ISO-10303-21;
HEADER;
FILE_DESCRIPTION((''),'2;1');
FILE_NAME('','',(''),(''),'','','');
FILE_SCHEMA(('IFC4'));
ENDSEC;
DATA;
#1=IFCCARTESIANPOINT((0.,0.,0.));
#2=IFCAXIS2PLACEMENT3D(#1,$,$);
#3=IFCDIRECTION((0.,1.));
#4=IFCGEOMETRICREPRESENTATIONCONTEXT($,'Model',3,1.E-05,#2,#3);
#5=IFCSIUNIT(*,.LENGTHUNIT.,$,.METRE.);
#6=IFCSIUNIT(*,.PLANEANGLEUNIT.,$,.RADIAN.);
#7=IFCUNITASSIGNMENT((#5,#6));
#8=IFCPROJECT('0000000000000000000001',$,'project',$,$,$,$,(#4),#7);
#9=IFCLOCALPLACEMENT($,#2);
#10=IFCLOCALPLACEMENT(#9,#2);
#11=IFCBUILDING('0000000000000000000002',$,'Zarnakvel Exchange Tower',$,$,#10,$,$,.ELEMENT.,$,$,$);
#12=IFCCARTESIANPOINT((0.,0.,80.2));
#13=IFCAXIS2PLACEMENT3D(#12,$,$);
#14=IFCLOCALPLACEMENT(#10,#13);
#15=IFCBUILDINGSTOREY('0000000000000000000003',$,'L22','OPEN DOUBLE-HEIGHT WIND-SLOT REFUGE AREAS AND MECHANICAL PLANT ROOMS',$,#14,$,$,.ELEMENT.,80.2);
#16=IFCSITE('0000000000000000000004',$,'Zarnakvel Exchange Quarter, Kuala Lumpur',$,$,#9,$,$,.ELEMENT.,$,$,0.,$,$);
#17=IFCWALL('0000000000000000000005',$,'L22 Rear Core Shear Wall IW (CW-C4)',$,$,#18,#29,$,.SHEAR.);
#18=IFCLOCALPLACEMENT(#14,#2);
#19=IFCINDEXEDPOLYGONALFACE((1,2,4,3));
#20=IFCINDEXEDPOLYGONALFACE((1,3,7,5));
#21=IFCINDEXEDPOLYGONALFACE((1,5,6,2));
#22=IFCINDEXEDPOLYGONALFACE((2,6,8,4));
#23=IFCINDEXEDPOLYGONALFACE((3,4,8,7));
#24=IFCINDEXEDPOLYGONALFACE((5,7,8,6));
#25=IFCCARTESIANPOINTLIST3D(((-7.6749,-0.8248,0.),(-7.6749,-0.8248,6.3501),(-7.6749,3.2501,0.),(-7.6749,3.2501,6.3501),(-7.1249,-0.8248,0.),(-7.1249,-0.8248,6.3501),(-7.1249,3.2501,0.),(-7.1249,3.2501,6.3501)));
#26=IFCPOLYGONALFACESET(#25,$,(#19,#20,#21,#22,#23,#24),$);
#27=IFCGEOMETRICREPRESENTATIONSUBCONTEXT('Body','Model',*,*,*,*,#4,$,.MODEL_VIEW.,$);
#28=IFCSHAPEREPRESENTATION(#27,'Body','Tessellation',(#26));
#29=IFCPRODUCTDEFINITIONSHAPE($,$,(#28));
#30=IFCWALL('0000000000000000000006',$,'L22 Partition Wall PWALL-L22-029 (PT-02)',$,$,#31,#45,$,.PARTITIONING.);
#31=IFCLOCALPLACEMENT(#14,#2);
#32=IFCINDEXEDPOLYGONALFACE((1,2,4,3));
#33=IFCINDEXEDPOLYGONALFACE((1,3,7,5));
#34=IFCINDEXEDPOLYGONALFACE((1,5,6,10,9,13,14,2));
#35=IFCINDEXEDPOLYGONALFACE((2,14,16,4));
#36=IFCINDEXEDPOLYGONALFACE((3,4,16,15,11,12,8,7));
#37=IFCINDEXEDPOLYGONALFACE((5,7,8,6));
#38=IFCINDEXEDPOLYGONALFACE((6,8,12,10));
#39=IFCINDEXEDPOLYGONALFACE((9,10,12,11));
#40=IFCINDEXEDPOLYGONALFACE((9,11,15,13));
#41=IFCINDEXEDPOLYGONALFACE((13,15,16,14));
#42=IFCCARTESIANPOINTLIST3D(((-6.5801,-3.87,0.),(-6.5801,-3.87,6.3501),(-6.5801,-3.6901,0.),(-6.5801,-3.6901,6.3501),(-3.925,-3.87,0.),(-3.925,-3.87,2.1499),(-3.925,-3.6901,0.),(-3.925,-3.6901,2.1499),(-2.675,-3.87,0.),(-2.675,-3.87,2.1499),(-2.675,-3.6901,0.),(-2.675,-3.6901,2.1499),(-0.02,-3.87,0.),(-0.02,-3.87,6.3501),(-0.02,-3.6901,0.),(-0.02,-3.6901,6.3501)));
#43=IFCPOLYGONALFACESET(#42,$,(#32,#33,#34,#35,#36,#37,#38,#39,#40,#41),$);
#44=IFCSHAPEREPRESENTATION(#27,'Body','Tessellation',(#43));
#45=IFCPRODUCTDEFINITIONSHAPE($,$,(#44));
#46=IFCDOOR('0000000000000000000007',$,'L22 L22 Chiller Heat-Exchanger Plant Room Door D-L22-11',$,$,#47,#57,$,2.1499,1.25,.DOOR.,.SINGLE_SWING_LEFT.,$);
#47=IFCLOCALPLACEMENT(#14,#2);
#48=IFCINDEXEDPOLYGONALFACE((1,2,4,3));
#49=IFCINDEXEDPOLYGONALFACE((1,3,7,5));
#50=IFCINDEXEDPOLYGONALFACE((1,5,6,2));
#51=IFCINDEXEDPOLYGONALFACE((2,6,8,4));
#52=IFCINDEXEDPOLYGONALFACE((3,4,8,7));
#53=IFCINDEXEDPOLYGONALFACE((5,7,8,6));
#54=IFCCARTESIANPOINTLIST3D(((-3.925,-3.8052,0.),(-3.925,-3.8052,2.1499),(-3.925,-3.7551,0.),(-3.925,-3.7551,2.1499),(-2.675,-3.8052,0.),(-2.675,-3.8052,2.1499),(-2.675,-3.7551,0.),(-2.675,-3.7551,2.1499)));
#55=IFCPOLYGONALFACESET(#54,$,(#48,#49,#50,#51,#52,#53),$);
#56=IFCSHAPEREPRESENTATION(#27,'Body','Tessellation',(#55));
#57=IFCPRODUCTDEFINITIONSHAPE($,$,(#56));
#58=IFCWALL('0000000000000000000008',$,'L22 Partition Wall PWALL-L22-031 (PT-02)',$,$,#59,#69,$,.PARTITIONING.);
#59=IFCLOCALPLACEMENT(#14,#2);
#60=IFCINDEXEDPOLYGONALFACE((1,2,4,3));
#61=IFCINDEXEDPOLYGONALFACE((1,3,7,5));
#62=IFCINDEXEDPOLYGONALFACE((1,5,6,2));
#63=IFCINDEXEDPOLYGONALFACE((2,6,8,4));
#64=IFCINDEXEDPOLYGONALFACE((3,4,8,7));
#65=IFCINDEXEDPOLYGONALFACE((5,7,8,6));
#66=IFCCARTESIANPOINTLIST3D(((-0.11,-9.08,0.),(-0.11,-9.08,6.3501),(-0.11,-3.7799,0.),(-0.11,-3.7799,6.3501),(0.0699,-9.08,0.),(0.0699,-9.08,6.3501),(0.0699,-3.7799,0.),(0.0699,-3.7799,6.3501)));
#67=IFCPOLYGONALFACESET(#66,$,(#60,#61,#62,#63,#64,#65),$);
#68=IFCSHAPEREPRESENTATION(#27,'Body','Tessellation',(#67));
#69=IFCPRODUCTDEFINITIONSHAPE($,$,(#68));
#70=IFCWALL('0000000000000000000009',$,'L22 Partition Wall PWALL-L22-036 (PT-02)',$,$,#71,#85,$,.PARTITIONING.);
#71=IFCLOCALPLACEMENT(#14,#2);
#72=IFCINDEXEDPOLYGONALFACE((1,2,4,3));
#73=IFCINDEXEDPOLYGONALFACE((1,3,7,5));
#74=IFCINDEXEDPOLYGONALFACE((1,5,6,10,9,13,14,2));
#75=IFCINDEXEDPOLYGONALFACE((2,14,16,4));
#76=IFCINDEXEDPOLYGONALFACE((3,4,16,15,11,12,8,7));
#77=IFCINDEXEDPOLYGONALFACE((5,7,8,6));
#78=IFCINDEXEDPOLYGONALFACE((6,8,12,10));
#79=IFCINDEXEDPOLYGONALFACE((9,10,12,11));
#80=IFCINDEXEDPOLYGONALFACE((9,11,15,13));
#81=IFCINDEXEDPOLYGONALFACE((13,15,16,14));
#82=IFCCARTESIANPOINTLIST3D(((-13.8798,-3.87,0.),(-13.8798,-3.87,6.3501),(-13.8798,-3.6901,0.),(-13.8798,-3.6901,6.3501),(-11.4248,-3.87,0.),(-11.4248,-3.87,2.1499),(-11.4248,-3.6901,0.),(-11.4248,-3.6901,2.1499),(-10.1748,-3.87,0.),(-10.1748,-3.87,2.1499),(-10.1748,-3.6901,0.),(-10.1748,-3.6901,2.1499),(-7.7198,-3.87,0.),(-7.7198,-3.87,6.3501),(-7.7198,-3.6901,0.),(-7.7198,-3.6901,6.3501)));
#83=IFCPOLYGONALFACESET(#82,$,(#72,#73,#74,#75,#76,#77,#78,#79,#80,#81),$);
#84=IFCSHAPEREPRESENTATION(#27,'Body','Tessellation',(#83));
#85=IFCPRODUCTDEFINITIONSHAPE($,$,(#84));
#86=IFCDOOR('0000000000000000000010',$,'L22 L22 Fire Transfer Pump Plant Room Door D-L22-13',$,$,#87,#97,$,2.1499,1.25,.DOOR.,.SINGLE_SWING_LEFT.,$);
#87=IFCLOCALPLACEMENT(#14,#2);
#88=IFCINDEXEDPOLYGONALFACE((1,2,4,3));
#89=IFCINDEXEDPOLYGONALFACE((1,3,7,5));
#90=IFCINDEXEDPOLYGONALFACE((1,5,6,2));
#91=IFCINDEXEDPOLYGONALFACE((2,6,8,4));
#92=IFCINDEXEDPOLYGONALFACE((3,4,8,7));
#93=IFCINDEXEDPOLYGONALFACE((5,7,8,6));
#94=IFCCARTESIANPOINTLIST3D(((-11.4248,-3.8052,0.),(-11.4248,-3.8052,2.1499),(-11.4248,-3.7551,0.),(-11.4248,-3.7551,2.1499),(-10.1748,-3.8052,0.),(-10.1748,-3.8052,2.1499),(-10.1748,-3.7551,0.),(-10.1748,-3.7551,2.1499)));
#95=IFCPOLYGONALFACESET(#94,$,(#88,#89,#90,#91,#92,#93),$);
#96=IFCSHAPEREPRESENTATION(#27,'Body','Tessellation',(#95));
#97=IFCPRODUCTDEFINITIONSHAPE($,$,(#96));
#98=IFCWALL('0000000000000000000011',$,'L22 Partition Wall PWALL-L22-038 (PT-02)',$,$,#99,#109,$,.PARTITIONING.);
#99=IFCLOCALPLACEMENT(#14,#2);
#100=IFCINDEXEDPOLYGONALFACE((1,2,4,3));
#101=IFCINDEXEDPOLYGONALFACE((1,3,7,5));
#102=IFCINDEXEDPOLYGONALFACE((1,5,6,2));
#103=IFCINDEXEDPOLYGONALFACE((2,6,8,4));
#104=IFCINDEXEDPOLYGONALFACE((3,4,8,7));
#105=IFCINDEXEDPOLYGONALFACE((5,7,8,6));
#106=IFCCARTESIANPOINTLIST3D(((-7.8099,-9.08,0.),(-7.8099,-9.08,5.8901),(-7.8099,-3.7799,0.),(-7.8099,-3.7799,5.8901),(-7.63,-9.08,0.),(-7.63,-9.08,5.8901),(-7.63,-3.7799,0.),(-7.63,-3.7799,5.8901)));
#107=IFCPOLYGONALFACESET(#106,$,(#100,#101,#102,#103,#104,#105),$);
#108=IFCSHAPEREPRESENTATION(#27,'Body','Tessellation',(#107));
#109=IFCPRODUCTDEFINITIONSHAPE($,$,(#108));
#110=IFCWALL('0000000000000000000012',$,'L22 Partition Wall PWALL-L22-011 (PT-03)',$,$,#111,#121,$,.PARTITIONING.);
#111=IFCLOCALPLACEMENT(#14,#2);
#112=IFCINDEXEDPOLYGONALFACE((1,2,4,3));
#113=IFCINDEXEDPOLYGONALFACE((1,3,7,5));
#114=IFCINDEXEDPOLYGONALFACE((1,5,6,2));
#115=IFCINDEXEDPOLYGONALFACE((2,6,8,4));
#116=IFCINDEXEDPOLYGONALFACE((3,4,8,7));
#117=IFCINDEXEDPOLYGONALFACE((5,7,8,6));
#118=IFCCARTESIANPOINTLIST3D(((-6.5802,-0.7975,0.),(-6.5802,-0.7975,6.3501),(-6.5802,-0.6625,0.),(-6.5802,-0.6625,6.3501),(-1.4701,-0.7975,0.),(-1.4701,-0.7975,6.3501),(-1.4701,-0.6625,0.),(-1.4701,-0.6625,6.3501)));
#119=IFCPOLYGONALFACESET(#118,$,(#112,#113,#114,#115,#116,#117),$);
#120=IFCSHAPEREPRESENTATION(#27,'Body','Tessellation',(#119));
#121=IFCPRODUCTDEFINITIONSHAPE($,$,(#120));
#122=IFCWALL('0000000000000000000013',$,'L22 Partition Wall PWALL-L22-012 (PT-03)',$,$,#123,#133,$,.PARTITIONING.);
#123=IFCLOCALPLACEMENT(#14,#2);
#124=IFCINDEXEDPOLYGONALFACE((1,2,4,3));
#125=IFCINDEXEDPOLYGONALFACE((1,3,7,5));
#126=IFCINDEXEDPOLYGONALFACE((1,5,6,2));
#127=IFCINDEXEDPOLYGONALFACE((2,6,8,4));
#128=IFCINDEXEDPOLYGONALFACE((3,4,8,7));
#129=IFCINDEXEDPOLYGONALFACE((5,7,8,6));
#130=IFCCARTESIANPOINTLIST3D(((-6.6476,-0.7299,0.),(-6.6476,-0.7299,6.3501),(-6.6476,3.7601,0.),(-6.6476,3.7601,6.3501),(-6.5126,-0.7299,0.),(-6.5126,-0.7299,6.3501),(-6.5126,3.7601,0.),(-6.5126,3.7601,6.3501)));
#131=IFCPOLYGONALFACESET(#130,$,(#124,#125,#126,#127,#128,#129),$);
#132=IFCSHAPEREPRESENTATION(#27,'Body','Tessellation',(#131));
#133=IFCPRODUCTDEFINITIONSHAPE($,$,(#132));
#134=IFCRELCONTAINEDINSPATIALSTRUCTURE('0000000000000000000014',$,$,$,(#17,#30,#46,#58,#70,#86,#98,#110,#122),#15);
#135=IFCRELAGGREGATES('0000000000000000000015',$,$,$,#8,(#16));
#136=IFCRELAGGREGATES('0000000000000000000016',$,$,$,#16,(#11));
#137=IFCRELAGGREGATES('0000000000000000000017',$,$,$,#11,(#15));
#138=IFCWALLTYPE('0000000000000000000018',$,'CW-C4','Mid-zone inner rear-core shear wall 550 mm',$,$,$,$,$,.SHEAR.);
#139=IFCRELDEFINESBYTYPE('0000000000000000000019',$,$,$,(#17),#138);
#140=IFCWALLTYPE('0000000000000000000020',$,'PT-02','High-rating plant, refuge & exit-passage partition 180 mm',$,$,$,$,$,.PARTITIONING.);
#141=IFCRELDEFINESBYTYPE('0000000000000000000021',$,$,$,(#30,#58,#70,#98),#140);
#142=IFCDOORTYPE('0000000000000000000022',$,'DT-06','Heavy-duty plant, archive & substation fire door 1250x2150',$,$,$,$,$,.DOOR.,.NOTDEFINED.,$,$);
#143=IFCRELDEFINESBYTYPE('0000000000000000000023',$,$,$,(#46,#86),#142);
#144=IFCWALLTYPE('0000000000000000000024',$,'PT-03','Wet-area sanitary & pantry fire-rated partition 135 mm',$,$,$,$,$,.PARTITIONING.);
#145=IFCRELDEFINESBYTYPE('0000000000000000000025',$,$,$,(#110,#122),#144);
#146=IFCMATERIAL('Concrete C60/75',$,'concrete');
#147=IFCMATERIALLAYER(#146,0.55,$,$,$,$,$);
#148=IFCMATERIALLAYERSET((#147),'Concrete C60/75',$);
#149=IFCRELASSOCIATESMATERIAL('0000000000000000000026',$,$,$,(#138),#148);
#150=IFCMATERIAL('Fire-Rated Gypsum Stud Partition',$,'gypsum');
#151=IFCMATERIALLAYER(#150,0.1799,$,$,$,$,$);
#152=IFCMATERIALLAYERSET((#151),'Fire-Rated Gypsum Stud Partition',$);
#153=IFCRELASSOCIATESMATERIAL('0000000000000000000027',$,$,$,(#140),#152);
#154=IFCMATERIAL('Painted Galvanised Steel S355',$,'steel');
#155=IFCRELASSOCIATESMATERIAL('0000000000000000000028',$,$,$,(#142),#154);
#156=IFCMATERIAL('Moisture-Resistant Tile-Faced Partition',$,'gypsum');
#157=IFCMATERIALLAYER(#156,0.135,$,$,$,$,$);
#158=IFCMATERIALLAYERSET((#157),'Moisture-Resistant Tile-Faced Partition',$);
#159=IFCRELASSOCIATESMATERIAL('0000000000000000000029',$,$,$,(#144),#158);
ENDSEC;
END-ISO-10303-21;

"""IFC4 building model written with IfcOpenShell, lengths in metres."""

from ifc_helpers import new_model, si_unit, direction, frame, frame_2d, origin, place, context, subcontext, project, spatial, rectangle, extrude, source, transform, mapped, material, layer, layer_set, type_object, element, fill, save


model = new_model("IFC4")

# Units and contexts
model_context = context("Model", 3, precision=1e-05, world=origin(), true_north=direction((0.0, 1.0)))
body_context = subcontext(model_context, "Body", "Model", "MODEL_VIEW")
ifc_project = project(units=[si_unit("LENGTHUNIT", "METRE"), si_unit("PLANEANGLEUNIT", "RADIAN")], contexts=[model_context])

# Site, building, storey
site_placement = place(None, origin())
site = spatial("IfcSite", under=ifc_project, at=site_placement, Name="Zarnakvel Exchange Quarter, Kuala Lumpur", CompositionType="ELEMENT", RefElevation=0.0)
building_placement = place(site_placement, origin())
building = spatial("IfcBuilding", under=site, at=building_placement, Name="Zarnakvel Exchange Tower", CompositionType="ELEMENT")
storey_placement = place(building_placement, frame((0.0, 0.0, 80.2)))
storey = spatial("IfcBuildingStorey", under=building, at=storey_placement, Name="L22", Description="OPEN DOUBLE-HEIGHT WIND-SLOT REFUGE AREAS AND MECHANICAL PLANT ROOMS", CompositionType="ELEMENT", Elevation=80.2)

# Shared definitions
ifc_material_1 = material(Name="Concrete C60/75", Category="concrete")

# Shared definitions
ifc_material_2 = material(Name="Painted Galvanised Steel S355", Category="steel")

# Wall
ifc_layer_1 = layer(ifc_material_1, 0.55)
ifc_layer_set_1 = layer_set([ifc_layer_1], Name="Concrete C60/75")
wall_type_1 = type_object("IfcWallType", Name="CW-C4", Description="Mid-zone inner rear-core shear wall 550 mm", PredefinedType="SHEAR", material=ifc_layer_set_1)
wall_1_placement = place(storey_placement, frame((-7.3999, -0.825, 0.0), z_axis=(0.0, 0.0, 1.0), x_axis=(0.0, 1.0, 0.0)))
element("IfcWall", 1, at=wall_1_placement, inside=storey, type_object=wall_type_1, Name="L22 Rear Core Shear Wall IW (CW-C4)", PredefinedType="SHEAR", context=body_context, shape_type="SweptSolid", body=[
    extrude(rectangle(XDim=4.075, YDim=0.55, at=frame_2d((2.0376, 0.0))), origin(), (0.0, 0.0, 1.0), 6.3501),
])

# Wall, opening, door
ifc_material_3 = material(Name="Fire-Rated Gypsum Stud Partition", Category="gypsum")
ifc_layer_2 = layer(ifc_material_3, 0.1799)
ifc_layer_set_2 = layer_set([ifc_layer_2], Name="Fire-Rated Gypsum Stud Partition")
wall_type_2 = type_object("IfcWallType", Name="PT-02", Description="High-rating plant, refuge & exit-passage partition 180 mm", PredefinedType="PARTITIONING", material=ifc_layer_set_2)
wall_2_placement = place(storey_placement, frame((-6.5801, -3.78, 0.0), z_axis=(0.0, 0.0, 1.0), x_axis=(1.0, 0.0, 0.0)))
wall_2 = element("IfcWall", 2, at=wall_2_placement, inside=storey, type_object=wall_type_2, Name="L22 Partition Wall PWALL-L22-029 (PT-02)", PredefinedType="PARTITIONING", context=body_context, shape_type="SweptSolid", body=[
    extrude(rectangle(XDim=6.5601, YDim=0.1799, at=frame_2d((3.28, 0.0))), origin(), (0.0, 0.0, 1.0), 6.3501),
])
opening_1_placement = place(wall_2_placement, frame((2.655, 0.0, 0.0)))
opening_1 = element("IfcOpeningElement", 3, at=opening_1_placement, cuts=wall_2, PredefinedType="OPENING", context=body_context, shape_type="SweptSolid", body=[
    extrude(rectangle(XDim=1.25, YDim=2.1499, at=frame_2d((0.625, 1.075))), frame((0.0, 0.0999, 0.0), z_axis=(0.0, -1.0, 0.0), x_axis=(1.0, 0.0, 0.0)), (0.0, 0.0, 1.0), 0.2),
])
door_type_1 = type_object("IfcDoorType", Name="DT-06", Description="Heavy-duty plant, archive & substation fire door 1250x2150", OperationType="NOTDEFINED", PredefinedType="DOOR", material=ifc_material_2)
shared_shape_1 = source(origin(), body_context, "Body", "SweptSolid", [
    extrude(rectangle(XDim=1.25, YDim=2.1499, at=frame_2d((0.625, 1.075))), frame((0.0, 0.0249, 0.0), z_axis=(0.0, -1.0, 0.0), x_axis=(1.0, 0.0, 0.0)), (0.0, 0.0, 1.0), 0.05),
])
door_1_placement = place(opening_1_placement, origin())
door_1 = element("IfcDoor", 4, at=door_1_placement, inside=storey, type_object=door_type_1, Name="L22 L22 Chiller Heat-Exchanger Plant Room Door D-L22-11", OperationType="SINGLE_SWING_LEFT", OverallHeight=2.1499, OverallWidth=1.25, PredefinedType="DOOR", context=body_context, shape_type="MappedRepresentation", body=[
    mapped(shared_shape_1, transform((0.0, 0.0, 0.0), x_axis=(1.0, 0.0, 0.0), y_axis=(0.0, 1.0, 0.0), z_axis=(0.0, 0.0, 1.0), scale=1.0)),
])
fill(opening_1, door_1)

# Wall
wall_3_placement = place(storey_placement, frame((-0.02, -3.78, 0.0), z_axis=(0.0, 0.0, 1.0), x_axis=(0.0, -1.0, 0.0)))
element("IfcWall", 5, at=wall_3_placement, inside=storey, type_object=wall_type_2, Name="L22 Partition Wall PWALL-L22-031 (PT-02)", PredefinedType="PARTITIONING", context=body_context, shape_type="SweptSolid", body=[
    extrude(rectangle(XDim=5.3, YDim=0.1799, at=frame_2d((2.6499, 0.0))), origin(), (0.0, 0.0, 1.0), 6.3501),
])

# Wall, opening, door
wall_4_placement = place(storey_placement, frame((-13.8799, -3.78, 0.0), z_axis=(0.0, 0.0, 1.0), x_axis=(1.0, 0.0, 0.0)))
wall_4 = element("IfcWall", 6, at=wall_4_placement, inside=storey, type_object=wall_type_2, Name="L22 Partition Wall PWALL-L22-036 (PT-02)", PredefinedType="PARTITIONING", context=body_context, shape_type="SweptSolid", body=[
    extrude(rectangle(XDim=6.1599, YDim=0.1799, at=frame_2d((3.0801, 0.0))), origin(), (0.0, 0.0, 1.0), 6.3501),
])
opening_2_placement = place(wall_4_placement, frame((2.4551, 0.0, 0.0)))
opening_2 = element("IfcOpeningElement", 7, at=opening_2_placement, cuts=wall_4, PredefinedType="OPENING", context=body_context, shape_type="SweptSolid", body=[
    extrude(rectangle(XDim=1.25, YDim=2.1499, at=frame_2d((0.625, 1.075))), frame((0.0, 0.0999, 0.0), z_axis=(0.0, -1.0, 0.0), x_axis=(1.0, 0.0, 0.0)), (0.0, 0.0, 1.0), 0.2),
])
door_2_placement = place(opening_2_placement, origin())
door_2 = element("IfcDoor", 8, at=door_2_placement, inside=storey, type_object=door_type_1, Name="L22 L22 Fire Transfer Pump Plant Room Door D-L22-13", OperationType="SINGLE_SWING_LEFT", OverallHeight=2.1499, OverallWidth=1.25, PredefinedType="DOOR", context=body_context, shape_type="MappedRepresentation", body=[
    mapped(shared_shape_1, transform((0.0, 0.0, 0.0), x_axis=(1.0, 0.0, 0.0), y_axis=(0.0, 1.0, 0.0), z_axis=(0.0, 0.0, 1.0), scale=1.0)),
])
fill(opening_2, door_2)

# Walls
wall_5_placement = place(storey_placement, frame((-7.72, -3.78, 0.0), z_axis=(0.0, 0.0, 1.0), x_axis=(0.0, -1.0, 0.0)))
element("IfcWall", 9, at=wall_5_placement, inside=storey, type_object=wall_type_2, Name="L22 Partition Wall PWALL-L22-038 (PT-02)", PredefinedType="PARTITIONING", context=body_context, shape_type="SweptSolid", body=[
    extrude(rectangle(XDim=5.3, YDim=0.1799, at=frame_2d((2.6499, 0.0))), origin(), (0.0, 0.0, 1.0), 5.8901),
])
ifc_material_4 = material(Name="Moisture-Resistant Tile-Faced Partition", Category="gypsum")
ifc_layer_3 = layer(ifc_material_4, 0.135)
ifc_layer_set_3 = layer_set([ifc_layer_3], Name="Moisture-Resistant Tile-Faced Partition")
wall_type_3 = type_object("IfcWallType", Name="PT-03", Description="Wet-area sanitary & pantry fire-rated partition 135 mm", PredefinedType="PARTITIONING", material=ifc_layer_set_3)
wall_6_placement = place(storey_placement, frame((-1.47, -0.73, 0.0), z_axis=(0.0, 0.0, 1.0), x_axis=(-1.0, 0.0, 0.0)))
element("IfcWall", 10, at=wall_6_placement, inside=storey, type_object=wall_type_3, Name="L22 Partition Wall PWALL-L22-011 (PT-03)", PredefinedType="PARTITIONING", context=body_context, shape_type="SweptSolid", body=[
    extrude(rectangle(XDim=5.1101, YDim=0.135, at=frame_2d((2.5552, 0.0))), origin(), (0.0, 0.0, 1.0), 6.3501),
])
wall_7_placement = place(storey_placement, frame((-6.5801, -0.73, 0.0), z_axis=(0.0, 0.0, 1.0), x_axis=(0.0, 1.0, 0.0)))
element("IfcWall", 11, at=wall_7_placement, inside=storey, type_object=wall_type_3, Name="L22 Partition Wall PWALL-L22-012 (PT-03)", PredefinedType="PARTITIONING", context=body_context, shape_type="SweptSolid", body=[
    extrude(rectangle(XDim=4.49, YDim=0.135, at=frame_2d((2.2451, 0.0))), origin(), (0.0, 0.0, 1.0), 6.3501),
])

save(model, "model.ifc")
